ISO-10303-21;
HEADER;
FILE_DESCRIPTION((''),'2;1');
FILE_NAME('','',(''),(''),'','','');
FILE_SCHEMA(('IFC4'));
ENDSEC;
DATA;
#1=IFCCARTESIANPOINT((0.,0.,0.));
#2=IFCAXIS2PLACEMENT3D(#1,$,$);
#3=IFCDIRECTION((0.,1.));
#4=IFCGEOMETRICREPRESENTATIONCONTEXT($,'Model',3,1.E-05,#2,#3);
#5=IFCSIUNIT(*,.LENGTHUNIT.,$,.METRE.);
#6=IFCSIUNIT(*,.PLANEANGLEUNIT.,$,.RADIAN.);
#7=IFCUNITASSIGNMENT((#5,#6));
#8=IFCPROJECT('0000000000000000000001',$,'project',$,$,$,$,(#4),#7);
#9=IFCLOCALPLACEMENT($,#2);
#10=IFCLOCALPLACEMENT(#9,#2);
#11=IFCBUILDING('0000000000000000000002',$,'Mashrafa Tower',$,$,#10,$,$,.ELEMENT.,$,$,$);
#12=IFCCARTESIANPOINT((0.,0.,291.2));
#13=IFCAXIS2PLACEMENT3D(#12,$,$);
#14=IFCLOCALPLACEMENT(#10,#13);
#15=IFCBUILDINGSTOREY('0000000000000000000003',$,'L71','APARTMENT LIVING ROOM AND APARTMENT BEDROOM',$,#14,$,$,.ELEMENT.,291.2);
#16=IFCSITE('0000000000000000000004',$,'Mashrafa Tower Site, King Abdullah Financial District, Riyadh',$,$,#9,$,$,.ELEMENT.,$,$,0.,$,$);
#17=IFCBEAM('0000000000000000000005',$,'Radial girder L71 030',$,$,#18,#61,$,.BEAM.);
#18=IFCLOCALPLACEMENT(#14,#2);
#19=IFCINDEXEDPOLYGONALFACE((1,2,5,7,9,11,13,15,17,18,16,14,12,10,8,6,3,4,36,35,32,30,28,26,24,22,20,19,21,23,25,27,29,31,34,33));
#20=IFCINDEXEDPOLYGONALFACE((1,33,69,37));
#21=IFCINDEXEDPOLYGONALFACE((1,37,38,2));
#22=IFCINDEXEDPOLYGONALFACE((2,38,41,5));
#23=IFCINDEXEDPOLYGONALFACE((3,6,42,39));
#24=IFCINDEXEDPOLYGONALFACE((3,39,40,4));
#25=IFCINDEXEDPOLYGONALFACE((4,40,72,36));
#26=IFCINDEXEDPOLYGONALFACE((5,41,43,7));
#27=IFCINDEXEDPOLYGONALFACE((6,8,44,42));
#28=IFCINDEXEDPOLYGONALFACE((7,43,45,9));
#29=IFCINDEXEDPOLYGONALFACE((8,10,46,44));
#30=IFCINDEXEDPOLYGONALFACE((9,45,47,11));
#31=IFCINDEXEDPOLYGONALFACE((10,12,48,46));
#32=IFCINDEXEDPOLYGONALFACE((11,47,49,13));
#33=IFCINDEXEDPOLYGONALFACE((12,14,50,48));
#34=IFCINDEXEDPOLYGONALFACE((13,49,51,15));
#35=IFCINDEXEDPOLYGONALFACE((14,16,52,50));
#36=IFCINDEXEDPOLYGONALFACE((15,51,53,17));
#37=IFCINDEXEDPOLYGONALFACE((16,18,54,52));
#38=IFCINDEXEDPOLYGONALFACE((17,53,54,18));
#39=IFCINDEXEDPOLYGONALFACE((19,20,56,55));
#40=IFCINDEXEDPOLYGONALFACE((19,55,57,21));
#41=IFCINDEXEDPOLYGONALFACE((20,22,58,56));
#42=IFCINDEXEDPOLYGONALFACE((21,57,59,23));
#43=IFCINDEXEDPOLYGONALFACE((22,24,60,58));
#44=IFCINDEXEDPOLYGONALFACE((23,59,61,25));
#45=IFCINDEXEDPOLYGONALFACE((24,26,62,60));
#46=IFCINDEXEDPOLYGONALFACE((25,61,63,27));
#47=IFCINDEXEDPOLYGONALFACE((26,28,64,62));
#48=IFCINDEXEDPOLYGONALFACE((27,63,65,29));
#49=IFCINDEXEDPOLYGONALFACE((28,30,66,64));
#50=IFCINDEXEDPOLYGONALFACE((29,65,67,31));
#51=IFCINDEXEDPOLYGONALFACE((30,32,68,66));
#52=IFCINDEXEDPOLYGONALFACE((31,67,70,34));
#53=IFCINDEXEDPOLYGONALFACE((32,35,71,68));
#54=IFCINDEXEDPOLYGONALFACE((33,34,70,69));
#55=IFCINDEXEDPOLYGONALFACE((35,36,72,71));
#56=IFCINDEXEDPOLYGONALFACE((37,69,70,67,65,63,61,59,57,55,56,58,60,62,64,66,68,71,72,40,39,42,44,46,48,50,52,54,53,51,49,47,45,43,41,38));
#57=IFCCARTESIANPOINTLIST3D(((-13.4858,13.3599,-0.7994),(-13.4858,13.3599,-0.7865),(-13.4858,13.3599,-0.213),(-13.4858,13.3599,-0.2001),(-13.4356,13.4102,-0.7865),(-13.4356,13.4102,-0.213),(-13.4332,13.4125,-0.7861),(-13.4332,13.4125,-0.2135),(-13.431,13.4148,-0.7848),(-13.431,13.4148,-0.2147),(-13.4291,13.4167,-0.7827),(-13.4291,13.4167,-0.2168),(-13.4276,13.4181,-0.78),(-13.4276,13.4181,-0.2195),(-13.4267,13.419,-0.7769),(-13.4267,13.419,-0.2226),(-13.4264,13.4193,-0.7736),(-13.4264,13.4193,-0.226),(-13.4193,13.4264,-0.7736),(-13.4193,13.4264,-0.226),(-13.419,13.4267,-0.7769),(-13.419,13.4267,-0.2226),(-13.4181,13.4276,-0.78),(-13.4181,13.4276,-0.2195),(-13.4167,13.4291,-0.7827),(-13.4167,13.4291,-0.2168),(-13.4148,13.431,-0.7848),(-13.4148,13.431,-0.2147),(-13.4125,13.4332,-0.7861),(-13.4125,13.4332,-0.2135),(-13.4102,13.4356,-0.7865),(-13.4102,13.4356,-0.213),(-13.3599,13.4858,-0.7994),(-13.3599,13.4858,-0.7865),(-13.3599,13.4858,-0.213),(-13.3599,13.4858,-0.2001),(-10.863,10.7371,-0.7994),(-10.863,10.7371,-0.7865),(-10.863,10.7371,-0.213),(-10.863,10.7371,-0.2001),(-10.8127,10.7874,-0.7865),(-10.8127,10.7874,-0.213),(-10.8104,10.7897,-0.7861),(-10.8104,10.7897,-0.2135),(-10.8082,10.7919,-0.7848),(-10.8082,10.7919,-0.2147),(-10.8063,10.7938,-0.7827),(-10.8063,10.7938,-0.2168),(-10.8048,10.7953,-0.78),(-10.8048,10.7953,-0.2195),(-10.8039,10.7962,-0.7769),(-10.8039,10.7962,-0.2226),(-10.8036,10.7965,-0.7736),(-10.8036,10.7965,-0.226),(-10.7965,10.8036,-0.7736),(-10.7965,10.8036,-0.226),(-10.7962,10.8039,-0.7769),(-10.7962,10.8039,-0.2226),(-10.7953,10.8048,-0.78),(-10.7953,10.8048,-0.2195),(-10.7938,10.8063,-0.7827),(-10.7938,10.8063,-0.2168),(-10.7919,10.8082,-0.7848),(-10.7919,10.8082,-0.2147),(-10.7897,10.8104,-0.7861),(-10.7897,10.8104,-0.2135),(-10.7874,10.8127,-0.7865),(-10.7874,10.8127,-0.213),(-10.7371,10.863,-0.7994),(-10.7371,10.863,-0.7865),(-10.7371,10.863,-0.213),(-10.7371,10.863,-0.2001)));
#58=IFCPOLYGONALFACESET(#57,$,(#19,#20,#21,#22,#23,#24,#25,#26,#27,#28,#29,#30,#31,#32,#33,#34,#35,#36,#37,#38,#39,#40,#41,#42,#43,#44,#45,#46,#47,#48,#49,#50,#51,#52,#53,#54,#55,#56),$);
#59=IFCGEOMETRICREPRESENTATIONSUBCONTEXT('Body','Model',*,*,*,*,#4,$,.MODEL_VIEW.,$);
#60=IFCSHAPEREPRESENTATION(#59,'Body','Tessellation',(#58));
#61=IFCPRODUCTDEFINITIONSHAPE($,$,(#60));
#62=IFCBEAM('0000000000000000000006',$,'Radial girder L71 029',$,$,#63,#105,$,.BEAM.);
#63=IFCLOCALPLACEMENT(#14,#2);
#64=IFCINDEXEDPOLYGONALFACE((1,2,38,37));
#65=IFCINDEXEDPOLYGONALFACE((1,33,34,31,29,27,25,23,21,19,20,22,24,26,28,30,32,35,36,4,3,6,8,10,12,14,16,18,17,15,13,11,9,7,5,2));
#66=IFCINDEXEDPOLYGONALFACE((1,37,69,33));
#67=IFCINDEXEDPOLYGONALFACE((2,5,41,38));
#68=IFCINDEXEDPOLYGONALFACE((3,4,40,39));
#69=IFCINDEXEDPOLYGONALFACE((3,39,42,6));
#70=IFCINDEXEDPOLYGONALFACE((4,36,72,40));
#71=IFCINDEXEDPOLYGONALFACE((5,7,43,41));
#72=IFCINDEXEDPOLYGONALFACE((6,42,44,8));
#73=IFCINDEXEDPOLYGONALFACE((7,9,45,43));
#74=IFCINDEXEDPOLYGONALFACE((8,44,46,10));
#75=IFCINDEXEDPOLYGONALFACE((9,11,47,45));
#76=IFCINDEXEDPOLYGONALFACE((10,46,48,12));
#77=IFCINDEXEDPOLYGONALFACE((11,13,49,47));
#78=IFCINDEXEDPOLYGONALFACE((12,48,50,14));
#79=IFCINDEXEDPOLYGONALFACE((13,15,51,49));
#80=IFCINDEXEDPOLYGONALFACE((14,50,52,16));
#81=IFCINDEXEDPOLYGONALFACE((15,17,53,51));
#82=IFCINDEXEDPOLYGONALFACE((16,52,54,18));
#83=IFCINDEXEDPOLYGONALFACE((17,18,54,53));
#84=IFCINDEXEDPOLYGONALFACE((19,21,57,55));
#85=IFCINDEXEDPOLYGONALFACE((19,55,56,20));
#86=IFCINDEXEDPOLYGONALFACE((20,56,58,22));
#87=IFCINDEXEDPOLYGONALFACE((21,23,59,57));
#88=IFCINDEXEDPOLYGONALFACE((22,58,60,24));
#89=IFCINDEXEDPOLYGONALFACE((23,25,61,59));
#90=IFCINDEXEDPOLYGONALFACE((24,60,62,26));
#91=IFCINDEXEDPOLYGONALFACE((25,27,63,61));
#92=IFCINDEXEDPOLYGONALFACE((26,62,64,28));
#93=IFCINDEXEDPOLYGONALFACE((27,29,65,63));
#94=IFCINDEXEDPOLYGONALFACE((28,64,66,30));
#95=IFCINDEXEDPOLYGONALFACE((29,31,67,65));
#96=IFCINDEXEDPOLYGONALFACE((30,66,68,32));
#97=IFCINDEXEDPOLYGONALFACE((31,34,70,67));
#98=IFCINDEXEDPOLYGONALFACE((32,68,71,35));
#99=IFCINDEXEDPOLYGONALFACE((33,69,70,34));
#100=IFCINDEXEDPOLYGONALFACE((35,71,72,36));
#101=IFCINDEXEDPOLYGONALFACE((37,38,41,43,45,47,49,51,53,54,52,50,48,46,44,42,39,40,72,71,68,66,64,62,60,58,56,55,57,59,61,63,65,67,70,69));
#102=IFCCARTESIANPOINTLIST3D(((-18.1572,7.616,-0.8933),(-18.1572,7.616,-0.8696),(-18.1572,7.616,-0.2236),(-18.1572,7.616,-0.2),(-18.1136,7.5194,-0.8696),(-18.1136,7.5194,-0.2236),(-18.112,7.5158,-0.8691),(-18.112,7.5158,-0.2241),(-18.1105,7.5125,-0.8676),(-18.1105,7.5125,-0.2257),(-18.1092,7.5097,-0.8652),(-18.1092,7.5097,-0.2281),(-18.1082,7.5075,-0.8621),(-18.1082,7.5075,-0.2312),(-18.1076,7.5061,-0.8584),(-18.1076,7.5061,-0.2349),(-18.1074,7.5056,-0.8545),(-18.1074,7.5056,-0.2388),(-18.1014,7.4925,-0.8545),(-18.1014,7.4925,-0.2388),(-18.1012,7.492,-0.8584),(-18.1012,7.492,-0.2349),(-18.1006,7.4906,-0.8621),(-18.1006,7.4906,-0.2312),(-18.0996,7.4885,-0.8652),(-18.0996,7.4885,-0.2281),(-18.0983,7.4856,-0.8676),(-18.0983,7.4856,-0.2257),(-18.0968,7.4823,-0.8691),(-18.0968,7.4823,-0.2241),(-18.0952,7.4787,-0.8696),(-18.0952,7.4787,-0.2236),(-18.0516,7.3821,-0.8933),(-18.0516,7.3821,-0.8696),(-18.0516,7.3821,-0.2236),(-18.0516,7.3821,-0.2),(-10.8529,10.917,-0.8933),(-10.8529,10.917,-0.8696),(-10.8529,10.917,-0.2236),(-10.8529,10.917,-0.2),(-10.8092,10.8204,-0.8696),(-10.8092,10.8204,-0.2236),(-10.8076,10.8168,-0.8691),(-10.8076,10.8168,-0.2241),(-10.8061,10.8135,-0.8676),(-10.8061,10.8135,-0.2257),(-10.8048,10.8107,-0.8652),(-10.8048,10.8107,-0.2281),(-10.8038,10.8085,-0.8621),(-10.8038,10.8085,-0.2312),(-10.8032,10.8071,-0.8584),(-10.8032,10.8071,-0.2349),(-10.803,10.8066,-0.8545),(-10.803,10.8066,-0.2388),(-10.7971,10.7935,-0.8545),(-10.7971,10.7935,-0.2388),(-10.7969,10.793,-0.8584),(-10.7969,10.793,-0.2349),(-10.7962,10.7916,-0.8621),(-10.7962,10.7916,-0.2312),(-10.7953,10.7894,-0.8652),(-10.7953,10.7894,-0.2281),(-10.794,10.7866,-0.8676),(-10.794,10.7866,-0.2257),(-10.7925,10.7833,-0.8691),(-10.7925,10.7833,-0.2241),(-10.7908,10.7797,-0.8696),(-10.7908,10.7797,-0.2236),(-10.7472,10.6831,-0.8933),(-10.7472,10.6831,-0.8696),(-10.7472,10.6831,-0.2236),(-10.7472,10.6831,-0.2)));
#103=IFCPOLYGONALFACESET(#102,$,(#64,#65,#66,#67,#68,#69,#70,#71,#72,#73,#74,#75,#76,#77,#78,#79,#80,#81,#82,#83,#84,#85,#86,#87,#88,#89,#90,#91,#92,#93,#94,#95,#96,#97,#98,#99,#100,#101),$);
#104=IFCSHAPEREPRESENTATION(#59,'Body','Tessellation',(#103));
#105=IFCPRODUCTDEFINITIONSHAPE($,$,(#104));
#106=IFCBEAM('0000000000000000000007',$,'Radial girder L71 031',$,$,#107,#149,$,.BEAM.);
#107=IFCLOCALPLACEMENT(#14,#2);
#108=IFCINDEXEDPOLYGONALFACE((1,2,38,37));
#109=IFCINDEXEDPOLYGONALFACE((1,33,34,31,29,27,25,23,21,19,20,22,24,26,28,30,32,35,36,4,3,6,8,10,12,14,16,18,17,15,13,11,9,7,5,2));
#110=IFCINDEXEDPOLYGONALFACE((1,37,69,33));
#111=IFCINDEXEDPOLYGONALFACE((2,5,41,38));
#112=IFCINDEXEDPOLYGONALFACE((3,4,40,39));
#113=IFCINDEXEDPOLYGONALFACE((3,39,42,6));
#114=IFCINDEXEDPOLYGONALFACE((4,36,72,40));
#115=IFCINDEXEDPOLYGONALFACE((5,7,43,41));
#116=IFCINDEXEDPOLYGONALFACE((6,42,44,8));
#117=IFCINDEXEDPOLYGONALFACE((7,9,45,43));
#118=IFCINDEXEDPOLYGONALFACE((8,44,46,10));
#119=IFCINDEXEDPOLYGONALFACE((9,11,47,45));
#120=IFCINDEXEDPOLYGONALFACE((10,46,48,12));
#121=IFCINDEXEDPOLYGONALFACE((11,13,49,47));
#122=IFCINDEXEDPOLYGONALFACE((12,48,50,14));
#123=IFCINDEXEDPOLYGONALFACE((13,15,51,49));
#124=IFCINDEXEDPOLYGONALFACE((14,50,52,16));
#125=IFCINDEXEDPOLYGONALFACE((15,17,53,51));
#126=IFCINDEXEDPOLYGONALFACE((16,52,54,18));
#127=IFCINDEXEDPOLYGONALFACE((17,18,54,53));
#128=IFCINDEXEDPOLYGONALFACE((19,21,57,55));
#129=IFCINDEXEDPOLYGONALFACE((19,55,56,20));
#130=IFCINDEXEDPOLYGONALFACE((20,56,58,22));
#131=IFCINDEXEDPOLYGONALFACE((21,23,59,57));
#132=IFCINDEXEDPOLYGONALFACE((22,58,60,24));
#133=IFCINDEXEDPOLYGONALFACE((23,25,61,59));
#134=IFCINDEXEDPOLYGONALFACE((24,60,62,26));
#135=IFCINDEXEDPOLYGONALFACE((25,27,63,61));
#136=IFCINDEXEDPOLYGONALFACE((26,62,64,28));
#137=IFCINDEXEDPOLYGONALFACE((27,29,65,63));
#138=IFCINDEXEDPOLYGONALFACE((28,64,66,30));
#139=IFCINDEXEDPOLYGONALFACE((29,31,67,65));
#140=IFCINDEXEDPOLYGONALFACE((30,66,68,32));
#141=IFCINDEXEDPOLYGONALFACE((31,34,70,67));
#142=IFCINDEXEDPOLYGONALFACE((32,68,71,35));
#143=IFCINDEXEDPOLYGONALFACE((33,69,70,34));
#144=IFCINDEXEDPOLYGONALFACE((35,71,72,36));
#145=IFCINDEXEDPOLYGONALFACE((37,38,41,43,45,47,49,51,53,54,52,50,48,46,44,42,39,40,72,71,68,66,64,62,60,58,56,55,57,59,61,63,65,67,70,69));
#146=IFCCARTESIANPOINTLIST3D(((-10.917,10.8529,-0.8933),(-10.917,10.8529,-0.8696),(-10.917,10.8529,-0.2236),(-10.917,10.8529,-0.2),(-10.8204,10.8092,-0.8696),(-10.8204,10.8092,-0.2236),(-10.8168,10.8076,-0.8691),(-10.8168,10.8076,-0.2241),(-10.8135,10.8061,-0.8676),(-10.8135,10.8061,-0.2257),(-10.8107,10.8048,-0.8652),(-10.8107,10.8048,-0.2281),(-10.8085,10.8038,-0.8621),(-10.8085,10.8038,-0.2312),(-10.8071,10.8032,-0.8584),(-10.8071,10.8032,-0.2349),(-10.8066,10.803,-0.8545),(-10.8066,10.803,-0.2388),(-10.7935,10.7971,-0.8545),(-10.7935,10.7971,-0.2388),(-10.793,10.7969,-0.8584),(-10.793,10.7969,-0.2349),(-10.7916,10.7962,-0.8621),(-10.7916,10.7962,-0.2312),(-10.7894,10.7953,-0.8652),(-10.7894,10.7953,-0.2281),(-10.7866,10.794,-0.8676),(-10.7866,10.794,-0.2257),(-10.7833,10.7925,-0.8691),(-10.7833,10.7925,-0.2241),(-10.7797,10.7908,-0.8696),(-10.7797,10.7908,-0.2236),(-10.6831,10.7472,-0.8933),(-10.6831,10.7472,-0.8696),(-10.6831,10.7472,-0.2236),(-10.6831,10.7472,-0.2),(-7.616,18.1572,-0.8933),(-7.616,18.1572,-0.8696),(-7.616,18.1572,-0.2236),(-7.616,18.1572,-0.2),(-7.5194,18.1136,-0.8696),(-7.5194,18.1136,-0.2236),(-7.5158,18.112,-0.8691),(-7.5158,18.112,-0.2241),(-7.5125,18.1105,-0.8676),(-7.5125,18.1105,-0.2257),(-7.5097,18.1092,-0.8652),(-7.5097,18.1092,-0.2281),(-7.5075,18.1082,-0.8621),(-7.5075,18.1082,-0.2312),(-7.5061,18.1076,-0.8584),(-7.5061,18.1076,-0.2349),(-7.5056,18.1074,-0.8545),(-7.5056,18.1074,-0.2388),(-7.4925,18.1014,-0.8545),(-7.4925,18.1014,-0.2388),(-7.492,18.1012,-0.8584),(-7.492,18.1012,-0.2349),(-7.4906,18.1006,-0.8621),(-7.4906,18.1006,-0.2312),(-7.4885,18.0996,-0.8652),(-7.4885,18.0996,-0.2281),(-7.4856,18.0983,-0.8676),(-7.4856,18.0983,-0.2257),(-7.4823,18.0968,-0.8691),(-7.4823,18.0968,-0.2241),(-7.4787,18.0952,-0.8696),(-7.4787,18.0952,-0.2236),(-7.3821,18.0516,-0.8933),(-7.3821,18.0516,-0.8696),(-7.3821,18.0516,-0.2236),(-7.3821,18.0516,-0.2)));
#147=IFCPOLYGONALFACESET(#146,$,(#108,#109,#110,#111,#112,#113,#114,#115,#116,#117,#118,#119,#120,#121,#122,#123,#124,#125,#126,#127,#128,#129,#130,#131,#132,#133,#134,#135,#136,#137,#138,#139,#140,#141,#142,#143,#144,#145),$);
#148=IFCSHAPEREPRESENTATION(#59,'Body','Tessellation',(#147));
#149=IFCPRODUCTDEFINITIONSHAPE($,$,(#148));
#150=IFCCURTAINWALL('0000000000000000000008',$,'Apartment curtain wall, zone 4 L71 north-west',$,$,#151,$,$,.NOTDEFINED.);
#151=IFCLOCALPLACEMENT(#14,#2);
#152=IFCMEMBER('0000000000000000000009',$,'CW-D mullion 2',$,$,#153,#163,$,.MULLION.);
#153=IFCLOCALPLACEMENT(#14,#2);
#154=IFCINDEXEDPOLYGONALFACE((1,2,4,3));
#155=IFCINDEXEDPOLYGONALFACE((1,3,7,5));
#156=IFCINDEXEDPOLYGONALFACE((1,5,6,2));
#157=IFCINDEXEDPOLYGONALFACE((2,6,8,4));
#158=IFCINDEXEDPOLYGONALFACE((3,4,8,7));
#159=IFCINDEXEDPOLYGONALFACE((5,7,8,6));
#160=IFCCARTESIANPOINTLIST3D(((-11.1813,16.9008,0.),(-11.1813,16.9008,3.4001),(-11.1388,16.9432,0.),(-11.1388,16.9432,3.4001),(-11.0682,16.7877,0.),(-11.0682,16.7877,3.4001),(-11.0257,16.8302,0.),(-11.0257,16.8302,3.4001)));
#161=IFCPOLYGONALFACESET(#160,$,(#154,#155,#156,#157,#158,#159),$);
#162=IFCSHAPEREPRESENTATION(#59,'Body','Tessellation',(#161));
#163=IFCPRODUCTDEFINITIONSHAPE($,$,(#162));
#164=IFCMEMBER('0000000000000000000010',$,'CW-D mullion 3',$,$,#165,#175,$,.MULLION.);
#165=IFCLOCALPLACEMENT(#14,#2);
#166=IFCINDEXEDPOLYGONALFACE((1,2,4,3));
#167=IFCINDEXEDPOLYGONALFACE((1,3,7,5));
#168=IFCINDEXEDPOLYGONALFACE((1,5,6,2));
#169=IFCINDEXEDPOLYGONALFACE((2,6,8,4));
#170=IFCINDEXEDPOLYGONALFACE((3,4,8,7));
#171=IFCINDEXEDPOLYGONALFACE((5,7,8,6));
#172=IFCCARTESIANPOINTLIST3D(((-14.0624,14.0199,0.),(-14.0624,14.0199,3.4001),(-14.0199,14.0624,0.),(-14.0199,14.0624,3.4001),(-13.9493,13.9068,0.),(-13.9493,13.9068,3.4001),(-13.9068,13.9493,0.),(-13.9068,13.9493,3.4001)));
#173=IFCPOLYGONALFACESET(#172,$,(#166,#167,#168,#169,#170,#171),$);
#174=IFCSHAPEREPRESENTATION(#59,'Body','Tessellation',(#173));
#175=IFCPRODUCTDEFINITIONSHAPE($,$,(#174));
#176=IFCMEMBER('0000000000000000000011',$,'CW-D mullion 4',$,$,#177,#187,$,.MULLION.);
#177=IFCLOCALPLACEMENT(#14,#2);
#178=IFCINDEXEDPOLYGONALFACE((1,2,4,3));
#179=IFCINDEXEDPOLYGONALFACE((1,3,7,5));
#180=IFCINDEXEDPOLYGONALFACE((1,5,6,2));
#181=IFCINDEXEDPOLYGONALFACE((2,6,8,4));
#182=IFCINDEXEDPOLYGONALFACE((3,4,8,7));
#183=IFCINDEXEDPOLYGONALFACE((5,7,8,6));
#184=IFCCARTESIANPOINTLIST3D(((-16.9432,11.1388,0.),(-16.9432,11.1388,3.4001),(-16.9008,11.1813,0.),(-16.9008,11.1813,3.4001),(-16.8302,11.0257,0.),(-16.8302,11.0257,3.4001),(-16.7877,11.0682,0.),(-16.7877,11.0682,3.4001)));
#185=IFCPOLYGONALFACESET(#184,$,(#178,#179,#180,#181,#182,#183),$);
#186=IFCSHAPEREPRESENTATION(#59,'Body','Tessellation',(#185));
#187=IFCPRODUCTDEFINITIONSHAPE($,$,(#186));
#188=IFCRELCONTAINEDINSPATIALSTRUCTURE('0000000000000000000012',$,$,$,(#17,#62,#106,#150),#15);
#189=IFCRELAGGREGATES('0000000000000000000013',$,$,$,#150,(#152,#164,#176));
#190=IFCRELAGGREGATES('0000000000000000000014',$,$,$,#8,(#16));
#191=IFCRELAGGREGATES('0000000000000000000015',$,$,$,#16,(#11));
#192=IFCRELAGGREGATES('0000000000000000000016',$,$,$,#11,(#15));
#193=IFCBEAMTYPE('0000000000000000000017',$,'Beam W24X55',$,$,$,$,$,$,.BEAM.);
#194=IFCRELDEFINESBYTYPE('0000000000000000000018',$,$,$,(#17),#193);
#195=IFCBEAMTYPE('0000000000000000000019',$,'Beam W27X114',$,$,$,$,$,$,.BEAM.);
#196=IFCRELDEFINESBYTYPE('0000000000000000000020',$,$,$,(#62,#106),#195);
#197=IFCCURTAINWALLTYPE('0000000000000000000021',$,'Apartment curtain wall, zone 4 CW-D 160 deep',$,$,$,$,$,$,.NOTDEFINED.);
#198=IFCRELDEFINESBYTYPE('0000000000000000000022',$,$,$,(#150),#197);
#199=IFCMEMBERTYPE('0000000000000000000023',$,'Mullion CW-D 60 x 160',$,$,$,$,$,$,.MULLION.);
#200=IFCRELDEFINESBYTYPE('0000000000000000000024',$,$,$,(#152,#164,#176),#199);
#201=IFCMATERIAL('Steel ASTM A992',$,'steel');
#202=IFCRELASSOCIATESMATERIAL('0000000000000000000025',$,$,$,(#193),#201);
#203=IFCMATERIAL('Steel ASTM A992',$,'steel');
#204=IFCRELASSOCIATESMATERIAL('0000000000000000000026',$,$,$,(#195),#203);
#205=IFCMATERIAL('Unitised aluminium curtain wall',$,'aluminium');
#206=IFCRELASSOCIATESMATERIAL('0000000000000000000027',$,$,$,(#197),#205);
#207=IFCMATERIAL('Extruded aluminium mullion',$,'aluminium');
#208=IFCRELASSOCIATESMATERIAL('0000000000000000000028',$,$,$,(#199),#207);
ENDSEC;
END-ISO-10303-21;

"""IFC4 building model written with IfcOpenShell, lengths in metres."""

from ifc_helpers import new_model, si_unit, direction, frame, origin, origin_2d, place, context, subcontext, project, spatial, rectangle, i_section, extrude, source, transform, mapped, material, material_profile, profile_set, type_object, type_shapes, element, aggregate, save


model = new_model("IFC4")

# Units and contexts
model_context = context("Model", 3, precision=1e-05, world=origin(), true_north=direction((0.0, 1.0)))
body_context = subcontext(model_context, "Body", "Model", "MODEL_VIEW")
ifc_project = project(units=[si_unit("LENGTHUNIT", "METRE"), si_unit("PLANEANGLEUNIT", "RADIAN")], contexts=[model_context])

# Site, building, storey
site_placement = place(None, origin())
site = spatial("IfcSite", under=ifc_project, at=site_placement, Name="Mashrafa Tower Site, King Abdullah Financial District, Riyadh", CompositionType="ELEMENT", RefElevation=0.0)
building_placement = place(site_placement, origin())
building = spatial("IfcBuilding", under=site, at=building_placement, Name="Mashrafa Tower", CompositionType="ELEMENT")
storey_placement = place(building_placement, frame((0.0, 0.0, 291.2)))
storey = spatial("IfcBuildingStorey", under=building, at=storey_placement, Name="L71", Description="APARTMENT LIVING ROOM AND APARTMENT BEDROOM", CompositionType="ELEMENT", Elevation=291.2)

# Beams
ifc_material_1 = material(Name="Steel ASTM A992", Category="steel")
ifc_material_profile_1 = material_profile(ifc_material_1, i_section(OverallWidth=0.178, OverallDepth=0.5994, WebThickness=0.01, FlangeThickness=0.0129, FilletRadius=0.0129, at=origin_2d()), Name="W24X55")
ifc_profile_set_1 = profile_set([ifc_material_profile_1], Name="Steel ASTM A992")
beam_type_1 = type_object("IfcBeamType", Name="Beam W24X55", PredefinedType="BEAM", material=ifc_profile_set_1)
beam_1_placement = place(storey_placement, frame((-10.8, 10.8, -0.4998), z_axis=(-0.707107, 0.707107, 0.0), x_axis=(-0.707107, -0.707107, 0.0)))
element("IfcBeam", 1, at=beam_1_placement, inside=storey, type_object=beam_type_1, Name="Radial girder L71 030", PredefinedType="BEAM", context=body_context, shape_type="SweptSolid", body=[
    extrude(i_section(OverallWidth=0.178, OverallDepth=0.5994, WebThickness=0.01, FlangeThickness=0.0129, FilletRadius=0.0129, at=origin_2d()), origin(), (0.0, 0.0, 1.0), 3.7092),
])
ifc_material_2 = material(Name="Steel ASTM A992", Category="steel")
ifc_material_profile_2 = material_profile(ifc_material_2, i_section(OverallWidth=0.2566, OverallDepth=0.6934, WebThickness=0.0144, FlangeThickness=0.0237, FilletRadius=0.0151, at=origin_2d()), Name="W27X114")
ifc_profile_set_2 = profile_set([ifc_material_profile_2], Name="Steel ASTM A992")
beam_type_2 = type_object("IfcBeamType", Name="Beam W27X114", PredefinedType="BEAM", material=ifc_profile_set_2)
for number, where, z_axis, x_axis, name in (
    (2, (-10.8, 10.8, -0.5466), (-0.911266, -0.411819, 0.0), (0.411819, -0.911266, 0.0), "Radial girder L71 029"),
    (3, (-10.8, 10.8, -0.5466), (0.411819, 0.911266, 0.0), (-0.911266, 0.411819, 0.0), "Radial girder L71 031"),
):
    element("IfcBeam", number, at=place(storey_placement, frame(where, z_axis=z_axis, x_axis=x_axis)), inside=storey, type_object=beam_type_2, Name=name, PredefinedType="BEAM", context=body_context, shape_type="SweptSolid", body=[
        extrude(i_section(OverallWidth=0.2566, OverallDepth=0.6934, WebThickness=0.0144, FlangeThickness=0.0237, FilletRadius=0.0151, at=origin_2d()), origin(), (0.0, 0.0, 1.0), 8.0156),
    ])

# Curtain wall, members
ifc_material_3 = material(Name="Unitised aluminium curtain wall", Category="aluminium")
curtain_wall_type = type_object("IfcCurtainWallType", Name="Apartment curtain wall, zone 4 CW-D 160 deep", PredefinedType="NOTDEFINED", material=ifc_material_3)
curtain_wall_placement = place(storey_placement, origin())
curtain_wall = element("IfcCurtainWall", 4, at=curtain_wall_placement, inside=storey, type_object=curtain_wall_type, Name="Apartment curtain wall, zone 4 L71 north-west", PredefinedType="NOTDEFINED")
ifc_material_4 = material(Name="Extruded aluminium mullion", Category="aluminium")
ifc_material_profile_3 = material_profile(ifc_material_4, rectangle(XDim=0.1599, YDim=0.0601, at=origin_2d()), Name="Mullion 60x160")
ifc_profile_set_3 = profile_set([ifc_material_profile_3], Name="Extruded aluminium mullion")
member_type_1 = type_object("IfcMemberType", Name="Mullion CW-D 60 x 160", PredefinedType="MULLION", material=ifc_profile_set_3)
shared_shape_1 = source(origin(), body_context, "Body", "SweptSolid", [
    extrude(rectangle(XDim=0.1599, YDim=0.0601, at=origin_2d()), origin(), (0.0, 0.0, 1.0), 3.4001),
])
type_shapes(member_type_1, [shared_shape_1])
member_1_placement = place(storey_placement, frame((-11.1035, 16.8655, 0.0), z_axis=(0.0, 0.0, 1.0), x_axis=(0.707107, -0.707107, 0.0)))
member_1 = element("IfcMember", 5, at=member_1_placement, type_object=member_type_1, Name="CW-D mullion 2", PredefinedType="MULLION", context=body_context, shape_type="MappedRepresentation", body=[
    mapped(shared_shape_1, transform((0.0, 0.0, 0.0))),
])
member_2_placement = place(storey_placement, frame((-13.9846, 13.9846, 0.0), z_axis=(0.0, 0.0, 1.0), x_axis=(0.707107, -0.707107, 0.0)))
member_2 = element("IfcMember", 6, at=member_2_placement, type_object=member_type_1, Name="CW-D mullion 3", PredefinedType="MULLION", context=body_context, shape_type="MappedRepresentation", body=[
    mapped(shared_shape_1, transform((0.0, 0.0, 0.0))),
])
member_3_placement = place(storey_placement, frame((-16.8655, 11.1035, 0.0), z_axis=(0.0, 0.0, 1.0), x_axis=(0.707107, -0.707107, 0.0)))
member_3 = element("IfcMember", 7, at=member_3_placement, type_object=member_type_1, Name="CW-D mullion 4", PredefinedType="MULLION", context=body_context, shape_type="MappedRepresentation", body=[
    mapped(shared_shape_1, transform((0.0, 0.0, 0.0))),
])
aggregate(curtain_wall, [member_1, member_2, member_3])

save(model, "model.ifc")
